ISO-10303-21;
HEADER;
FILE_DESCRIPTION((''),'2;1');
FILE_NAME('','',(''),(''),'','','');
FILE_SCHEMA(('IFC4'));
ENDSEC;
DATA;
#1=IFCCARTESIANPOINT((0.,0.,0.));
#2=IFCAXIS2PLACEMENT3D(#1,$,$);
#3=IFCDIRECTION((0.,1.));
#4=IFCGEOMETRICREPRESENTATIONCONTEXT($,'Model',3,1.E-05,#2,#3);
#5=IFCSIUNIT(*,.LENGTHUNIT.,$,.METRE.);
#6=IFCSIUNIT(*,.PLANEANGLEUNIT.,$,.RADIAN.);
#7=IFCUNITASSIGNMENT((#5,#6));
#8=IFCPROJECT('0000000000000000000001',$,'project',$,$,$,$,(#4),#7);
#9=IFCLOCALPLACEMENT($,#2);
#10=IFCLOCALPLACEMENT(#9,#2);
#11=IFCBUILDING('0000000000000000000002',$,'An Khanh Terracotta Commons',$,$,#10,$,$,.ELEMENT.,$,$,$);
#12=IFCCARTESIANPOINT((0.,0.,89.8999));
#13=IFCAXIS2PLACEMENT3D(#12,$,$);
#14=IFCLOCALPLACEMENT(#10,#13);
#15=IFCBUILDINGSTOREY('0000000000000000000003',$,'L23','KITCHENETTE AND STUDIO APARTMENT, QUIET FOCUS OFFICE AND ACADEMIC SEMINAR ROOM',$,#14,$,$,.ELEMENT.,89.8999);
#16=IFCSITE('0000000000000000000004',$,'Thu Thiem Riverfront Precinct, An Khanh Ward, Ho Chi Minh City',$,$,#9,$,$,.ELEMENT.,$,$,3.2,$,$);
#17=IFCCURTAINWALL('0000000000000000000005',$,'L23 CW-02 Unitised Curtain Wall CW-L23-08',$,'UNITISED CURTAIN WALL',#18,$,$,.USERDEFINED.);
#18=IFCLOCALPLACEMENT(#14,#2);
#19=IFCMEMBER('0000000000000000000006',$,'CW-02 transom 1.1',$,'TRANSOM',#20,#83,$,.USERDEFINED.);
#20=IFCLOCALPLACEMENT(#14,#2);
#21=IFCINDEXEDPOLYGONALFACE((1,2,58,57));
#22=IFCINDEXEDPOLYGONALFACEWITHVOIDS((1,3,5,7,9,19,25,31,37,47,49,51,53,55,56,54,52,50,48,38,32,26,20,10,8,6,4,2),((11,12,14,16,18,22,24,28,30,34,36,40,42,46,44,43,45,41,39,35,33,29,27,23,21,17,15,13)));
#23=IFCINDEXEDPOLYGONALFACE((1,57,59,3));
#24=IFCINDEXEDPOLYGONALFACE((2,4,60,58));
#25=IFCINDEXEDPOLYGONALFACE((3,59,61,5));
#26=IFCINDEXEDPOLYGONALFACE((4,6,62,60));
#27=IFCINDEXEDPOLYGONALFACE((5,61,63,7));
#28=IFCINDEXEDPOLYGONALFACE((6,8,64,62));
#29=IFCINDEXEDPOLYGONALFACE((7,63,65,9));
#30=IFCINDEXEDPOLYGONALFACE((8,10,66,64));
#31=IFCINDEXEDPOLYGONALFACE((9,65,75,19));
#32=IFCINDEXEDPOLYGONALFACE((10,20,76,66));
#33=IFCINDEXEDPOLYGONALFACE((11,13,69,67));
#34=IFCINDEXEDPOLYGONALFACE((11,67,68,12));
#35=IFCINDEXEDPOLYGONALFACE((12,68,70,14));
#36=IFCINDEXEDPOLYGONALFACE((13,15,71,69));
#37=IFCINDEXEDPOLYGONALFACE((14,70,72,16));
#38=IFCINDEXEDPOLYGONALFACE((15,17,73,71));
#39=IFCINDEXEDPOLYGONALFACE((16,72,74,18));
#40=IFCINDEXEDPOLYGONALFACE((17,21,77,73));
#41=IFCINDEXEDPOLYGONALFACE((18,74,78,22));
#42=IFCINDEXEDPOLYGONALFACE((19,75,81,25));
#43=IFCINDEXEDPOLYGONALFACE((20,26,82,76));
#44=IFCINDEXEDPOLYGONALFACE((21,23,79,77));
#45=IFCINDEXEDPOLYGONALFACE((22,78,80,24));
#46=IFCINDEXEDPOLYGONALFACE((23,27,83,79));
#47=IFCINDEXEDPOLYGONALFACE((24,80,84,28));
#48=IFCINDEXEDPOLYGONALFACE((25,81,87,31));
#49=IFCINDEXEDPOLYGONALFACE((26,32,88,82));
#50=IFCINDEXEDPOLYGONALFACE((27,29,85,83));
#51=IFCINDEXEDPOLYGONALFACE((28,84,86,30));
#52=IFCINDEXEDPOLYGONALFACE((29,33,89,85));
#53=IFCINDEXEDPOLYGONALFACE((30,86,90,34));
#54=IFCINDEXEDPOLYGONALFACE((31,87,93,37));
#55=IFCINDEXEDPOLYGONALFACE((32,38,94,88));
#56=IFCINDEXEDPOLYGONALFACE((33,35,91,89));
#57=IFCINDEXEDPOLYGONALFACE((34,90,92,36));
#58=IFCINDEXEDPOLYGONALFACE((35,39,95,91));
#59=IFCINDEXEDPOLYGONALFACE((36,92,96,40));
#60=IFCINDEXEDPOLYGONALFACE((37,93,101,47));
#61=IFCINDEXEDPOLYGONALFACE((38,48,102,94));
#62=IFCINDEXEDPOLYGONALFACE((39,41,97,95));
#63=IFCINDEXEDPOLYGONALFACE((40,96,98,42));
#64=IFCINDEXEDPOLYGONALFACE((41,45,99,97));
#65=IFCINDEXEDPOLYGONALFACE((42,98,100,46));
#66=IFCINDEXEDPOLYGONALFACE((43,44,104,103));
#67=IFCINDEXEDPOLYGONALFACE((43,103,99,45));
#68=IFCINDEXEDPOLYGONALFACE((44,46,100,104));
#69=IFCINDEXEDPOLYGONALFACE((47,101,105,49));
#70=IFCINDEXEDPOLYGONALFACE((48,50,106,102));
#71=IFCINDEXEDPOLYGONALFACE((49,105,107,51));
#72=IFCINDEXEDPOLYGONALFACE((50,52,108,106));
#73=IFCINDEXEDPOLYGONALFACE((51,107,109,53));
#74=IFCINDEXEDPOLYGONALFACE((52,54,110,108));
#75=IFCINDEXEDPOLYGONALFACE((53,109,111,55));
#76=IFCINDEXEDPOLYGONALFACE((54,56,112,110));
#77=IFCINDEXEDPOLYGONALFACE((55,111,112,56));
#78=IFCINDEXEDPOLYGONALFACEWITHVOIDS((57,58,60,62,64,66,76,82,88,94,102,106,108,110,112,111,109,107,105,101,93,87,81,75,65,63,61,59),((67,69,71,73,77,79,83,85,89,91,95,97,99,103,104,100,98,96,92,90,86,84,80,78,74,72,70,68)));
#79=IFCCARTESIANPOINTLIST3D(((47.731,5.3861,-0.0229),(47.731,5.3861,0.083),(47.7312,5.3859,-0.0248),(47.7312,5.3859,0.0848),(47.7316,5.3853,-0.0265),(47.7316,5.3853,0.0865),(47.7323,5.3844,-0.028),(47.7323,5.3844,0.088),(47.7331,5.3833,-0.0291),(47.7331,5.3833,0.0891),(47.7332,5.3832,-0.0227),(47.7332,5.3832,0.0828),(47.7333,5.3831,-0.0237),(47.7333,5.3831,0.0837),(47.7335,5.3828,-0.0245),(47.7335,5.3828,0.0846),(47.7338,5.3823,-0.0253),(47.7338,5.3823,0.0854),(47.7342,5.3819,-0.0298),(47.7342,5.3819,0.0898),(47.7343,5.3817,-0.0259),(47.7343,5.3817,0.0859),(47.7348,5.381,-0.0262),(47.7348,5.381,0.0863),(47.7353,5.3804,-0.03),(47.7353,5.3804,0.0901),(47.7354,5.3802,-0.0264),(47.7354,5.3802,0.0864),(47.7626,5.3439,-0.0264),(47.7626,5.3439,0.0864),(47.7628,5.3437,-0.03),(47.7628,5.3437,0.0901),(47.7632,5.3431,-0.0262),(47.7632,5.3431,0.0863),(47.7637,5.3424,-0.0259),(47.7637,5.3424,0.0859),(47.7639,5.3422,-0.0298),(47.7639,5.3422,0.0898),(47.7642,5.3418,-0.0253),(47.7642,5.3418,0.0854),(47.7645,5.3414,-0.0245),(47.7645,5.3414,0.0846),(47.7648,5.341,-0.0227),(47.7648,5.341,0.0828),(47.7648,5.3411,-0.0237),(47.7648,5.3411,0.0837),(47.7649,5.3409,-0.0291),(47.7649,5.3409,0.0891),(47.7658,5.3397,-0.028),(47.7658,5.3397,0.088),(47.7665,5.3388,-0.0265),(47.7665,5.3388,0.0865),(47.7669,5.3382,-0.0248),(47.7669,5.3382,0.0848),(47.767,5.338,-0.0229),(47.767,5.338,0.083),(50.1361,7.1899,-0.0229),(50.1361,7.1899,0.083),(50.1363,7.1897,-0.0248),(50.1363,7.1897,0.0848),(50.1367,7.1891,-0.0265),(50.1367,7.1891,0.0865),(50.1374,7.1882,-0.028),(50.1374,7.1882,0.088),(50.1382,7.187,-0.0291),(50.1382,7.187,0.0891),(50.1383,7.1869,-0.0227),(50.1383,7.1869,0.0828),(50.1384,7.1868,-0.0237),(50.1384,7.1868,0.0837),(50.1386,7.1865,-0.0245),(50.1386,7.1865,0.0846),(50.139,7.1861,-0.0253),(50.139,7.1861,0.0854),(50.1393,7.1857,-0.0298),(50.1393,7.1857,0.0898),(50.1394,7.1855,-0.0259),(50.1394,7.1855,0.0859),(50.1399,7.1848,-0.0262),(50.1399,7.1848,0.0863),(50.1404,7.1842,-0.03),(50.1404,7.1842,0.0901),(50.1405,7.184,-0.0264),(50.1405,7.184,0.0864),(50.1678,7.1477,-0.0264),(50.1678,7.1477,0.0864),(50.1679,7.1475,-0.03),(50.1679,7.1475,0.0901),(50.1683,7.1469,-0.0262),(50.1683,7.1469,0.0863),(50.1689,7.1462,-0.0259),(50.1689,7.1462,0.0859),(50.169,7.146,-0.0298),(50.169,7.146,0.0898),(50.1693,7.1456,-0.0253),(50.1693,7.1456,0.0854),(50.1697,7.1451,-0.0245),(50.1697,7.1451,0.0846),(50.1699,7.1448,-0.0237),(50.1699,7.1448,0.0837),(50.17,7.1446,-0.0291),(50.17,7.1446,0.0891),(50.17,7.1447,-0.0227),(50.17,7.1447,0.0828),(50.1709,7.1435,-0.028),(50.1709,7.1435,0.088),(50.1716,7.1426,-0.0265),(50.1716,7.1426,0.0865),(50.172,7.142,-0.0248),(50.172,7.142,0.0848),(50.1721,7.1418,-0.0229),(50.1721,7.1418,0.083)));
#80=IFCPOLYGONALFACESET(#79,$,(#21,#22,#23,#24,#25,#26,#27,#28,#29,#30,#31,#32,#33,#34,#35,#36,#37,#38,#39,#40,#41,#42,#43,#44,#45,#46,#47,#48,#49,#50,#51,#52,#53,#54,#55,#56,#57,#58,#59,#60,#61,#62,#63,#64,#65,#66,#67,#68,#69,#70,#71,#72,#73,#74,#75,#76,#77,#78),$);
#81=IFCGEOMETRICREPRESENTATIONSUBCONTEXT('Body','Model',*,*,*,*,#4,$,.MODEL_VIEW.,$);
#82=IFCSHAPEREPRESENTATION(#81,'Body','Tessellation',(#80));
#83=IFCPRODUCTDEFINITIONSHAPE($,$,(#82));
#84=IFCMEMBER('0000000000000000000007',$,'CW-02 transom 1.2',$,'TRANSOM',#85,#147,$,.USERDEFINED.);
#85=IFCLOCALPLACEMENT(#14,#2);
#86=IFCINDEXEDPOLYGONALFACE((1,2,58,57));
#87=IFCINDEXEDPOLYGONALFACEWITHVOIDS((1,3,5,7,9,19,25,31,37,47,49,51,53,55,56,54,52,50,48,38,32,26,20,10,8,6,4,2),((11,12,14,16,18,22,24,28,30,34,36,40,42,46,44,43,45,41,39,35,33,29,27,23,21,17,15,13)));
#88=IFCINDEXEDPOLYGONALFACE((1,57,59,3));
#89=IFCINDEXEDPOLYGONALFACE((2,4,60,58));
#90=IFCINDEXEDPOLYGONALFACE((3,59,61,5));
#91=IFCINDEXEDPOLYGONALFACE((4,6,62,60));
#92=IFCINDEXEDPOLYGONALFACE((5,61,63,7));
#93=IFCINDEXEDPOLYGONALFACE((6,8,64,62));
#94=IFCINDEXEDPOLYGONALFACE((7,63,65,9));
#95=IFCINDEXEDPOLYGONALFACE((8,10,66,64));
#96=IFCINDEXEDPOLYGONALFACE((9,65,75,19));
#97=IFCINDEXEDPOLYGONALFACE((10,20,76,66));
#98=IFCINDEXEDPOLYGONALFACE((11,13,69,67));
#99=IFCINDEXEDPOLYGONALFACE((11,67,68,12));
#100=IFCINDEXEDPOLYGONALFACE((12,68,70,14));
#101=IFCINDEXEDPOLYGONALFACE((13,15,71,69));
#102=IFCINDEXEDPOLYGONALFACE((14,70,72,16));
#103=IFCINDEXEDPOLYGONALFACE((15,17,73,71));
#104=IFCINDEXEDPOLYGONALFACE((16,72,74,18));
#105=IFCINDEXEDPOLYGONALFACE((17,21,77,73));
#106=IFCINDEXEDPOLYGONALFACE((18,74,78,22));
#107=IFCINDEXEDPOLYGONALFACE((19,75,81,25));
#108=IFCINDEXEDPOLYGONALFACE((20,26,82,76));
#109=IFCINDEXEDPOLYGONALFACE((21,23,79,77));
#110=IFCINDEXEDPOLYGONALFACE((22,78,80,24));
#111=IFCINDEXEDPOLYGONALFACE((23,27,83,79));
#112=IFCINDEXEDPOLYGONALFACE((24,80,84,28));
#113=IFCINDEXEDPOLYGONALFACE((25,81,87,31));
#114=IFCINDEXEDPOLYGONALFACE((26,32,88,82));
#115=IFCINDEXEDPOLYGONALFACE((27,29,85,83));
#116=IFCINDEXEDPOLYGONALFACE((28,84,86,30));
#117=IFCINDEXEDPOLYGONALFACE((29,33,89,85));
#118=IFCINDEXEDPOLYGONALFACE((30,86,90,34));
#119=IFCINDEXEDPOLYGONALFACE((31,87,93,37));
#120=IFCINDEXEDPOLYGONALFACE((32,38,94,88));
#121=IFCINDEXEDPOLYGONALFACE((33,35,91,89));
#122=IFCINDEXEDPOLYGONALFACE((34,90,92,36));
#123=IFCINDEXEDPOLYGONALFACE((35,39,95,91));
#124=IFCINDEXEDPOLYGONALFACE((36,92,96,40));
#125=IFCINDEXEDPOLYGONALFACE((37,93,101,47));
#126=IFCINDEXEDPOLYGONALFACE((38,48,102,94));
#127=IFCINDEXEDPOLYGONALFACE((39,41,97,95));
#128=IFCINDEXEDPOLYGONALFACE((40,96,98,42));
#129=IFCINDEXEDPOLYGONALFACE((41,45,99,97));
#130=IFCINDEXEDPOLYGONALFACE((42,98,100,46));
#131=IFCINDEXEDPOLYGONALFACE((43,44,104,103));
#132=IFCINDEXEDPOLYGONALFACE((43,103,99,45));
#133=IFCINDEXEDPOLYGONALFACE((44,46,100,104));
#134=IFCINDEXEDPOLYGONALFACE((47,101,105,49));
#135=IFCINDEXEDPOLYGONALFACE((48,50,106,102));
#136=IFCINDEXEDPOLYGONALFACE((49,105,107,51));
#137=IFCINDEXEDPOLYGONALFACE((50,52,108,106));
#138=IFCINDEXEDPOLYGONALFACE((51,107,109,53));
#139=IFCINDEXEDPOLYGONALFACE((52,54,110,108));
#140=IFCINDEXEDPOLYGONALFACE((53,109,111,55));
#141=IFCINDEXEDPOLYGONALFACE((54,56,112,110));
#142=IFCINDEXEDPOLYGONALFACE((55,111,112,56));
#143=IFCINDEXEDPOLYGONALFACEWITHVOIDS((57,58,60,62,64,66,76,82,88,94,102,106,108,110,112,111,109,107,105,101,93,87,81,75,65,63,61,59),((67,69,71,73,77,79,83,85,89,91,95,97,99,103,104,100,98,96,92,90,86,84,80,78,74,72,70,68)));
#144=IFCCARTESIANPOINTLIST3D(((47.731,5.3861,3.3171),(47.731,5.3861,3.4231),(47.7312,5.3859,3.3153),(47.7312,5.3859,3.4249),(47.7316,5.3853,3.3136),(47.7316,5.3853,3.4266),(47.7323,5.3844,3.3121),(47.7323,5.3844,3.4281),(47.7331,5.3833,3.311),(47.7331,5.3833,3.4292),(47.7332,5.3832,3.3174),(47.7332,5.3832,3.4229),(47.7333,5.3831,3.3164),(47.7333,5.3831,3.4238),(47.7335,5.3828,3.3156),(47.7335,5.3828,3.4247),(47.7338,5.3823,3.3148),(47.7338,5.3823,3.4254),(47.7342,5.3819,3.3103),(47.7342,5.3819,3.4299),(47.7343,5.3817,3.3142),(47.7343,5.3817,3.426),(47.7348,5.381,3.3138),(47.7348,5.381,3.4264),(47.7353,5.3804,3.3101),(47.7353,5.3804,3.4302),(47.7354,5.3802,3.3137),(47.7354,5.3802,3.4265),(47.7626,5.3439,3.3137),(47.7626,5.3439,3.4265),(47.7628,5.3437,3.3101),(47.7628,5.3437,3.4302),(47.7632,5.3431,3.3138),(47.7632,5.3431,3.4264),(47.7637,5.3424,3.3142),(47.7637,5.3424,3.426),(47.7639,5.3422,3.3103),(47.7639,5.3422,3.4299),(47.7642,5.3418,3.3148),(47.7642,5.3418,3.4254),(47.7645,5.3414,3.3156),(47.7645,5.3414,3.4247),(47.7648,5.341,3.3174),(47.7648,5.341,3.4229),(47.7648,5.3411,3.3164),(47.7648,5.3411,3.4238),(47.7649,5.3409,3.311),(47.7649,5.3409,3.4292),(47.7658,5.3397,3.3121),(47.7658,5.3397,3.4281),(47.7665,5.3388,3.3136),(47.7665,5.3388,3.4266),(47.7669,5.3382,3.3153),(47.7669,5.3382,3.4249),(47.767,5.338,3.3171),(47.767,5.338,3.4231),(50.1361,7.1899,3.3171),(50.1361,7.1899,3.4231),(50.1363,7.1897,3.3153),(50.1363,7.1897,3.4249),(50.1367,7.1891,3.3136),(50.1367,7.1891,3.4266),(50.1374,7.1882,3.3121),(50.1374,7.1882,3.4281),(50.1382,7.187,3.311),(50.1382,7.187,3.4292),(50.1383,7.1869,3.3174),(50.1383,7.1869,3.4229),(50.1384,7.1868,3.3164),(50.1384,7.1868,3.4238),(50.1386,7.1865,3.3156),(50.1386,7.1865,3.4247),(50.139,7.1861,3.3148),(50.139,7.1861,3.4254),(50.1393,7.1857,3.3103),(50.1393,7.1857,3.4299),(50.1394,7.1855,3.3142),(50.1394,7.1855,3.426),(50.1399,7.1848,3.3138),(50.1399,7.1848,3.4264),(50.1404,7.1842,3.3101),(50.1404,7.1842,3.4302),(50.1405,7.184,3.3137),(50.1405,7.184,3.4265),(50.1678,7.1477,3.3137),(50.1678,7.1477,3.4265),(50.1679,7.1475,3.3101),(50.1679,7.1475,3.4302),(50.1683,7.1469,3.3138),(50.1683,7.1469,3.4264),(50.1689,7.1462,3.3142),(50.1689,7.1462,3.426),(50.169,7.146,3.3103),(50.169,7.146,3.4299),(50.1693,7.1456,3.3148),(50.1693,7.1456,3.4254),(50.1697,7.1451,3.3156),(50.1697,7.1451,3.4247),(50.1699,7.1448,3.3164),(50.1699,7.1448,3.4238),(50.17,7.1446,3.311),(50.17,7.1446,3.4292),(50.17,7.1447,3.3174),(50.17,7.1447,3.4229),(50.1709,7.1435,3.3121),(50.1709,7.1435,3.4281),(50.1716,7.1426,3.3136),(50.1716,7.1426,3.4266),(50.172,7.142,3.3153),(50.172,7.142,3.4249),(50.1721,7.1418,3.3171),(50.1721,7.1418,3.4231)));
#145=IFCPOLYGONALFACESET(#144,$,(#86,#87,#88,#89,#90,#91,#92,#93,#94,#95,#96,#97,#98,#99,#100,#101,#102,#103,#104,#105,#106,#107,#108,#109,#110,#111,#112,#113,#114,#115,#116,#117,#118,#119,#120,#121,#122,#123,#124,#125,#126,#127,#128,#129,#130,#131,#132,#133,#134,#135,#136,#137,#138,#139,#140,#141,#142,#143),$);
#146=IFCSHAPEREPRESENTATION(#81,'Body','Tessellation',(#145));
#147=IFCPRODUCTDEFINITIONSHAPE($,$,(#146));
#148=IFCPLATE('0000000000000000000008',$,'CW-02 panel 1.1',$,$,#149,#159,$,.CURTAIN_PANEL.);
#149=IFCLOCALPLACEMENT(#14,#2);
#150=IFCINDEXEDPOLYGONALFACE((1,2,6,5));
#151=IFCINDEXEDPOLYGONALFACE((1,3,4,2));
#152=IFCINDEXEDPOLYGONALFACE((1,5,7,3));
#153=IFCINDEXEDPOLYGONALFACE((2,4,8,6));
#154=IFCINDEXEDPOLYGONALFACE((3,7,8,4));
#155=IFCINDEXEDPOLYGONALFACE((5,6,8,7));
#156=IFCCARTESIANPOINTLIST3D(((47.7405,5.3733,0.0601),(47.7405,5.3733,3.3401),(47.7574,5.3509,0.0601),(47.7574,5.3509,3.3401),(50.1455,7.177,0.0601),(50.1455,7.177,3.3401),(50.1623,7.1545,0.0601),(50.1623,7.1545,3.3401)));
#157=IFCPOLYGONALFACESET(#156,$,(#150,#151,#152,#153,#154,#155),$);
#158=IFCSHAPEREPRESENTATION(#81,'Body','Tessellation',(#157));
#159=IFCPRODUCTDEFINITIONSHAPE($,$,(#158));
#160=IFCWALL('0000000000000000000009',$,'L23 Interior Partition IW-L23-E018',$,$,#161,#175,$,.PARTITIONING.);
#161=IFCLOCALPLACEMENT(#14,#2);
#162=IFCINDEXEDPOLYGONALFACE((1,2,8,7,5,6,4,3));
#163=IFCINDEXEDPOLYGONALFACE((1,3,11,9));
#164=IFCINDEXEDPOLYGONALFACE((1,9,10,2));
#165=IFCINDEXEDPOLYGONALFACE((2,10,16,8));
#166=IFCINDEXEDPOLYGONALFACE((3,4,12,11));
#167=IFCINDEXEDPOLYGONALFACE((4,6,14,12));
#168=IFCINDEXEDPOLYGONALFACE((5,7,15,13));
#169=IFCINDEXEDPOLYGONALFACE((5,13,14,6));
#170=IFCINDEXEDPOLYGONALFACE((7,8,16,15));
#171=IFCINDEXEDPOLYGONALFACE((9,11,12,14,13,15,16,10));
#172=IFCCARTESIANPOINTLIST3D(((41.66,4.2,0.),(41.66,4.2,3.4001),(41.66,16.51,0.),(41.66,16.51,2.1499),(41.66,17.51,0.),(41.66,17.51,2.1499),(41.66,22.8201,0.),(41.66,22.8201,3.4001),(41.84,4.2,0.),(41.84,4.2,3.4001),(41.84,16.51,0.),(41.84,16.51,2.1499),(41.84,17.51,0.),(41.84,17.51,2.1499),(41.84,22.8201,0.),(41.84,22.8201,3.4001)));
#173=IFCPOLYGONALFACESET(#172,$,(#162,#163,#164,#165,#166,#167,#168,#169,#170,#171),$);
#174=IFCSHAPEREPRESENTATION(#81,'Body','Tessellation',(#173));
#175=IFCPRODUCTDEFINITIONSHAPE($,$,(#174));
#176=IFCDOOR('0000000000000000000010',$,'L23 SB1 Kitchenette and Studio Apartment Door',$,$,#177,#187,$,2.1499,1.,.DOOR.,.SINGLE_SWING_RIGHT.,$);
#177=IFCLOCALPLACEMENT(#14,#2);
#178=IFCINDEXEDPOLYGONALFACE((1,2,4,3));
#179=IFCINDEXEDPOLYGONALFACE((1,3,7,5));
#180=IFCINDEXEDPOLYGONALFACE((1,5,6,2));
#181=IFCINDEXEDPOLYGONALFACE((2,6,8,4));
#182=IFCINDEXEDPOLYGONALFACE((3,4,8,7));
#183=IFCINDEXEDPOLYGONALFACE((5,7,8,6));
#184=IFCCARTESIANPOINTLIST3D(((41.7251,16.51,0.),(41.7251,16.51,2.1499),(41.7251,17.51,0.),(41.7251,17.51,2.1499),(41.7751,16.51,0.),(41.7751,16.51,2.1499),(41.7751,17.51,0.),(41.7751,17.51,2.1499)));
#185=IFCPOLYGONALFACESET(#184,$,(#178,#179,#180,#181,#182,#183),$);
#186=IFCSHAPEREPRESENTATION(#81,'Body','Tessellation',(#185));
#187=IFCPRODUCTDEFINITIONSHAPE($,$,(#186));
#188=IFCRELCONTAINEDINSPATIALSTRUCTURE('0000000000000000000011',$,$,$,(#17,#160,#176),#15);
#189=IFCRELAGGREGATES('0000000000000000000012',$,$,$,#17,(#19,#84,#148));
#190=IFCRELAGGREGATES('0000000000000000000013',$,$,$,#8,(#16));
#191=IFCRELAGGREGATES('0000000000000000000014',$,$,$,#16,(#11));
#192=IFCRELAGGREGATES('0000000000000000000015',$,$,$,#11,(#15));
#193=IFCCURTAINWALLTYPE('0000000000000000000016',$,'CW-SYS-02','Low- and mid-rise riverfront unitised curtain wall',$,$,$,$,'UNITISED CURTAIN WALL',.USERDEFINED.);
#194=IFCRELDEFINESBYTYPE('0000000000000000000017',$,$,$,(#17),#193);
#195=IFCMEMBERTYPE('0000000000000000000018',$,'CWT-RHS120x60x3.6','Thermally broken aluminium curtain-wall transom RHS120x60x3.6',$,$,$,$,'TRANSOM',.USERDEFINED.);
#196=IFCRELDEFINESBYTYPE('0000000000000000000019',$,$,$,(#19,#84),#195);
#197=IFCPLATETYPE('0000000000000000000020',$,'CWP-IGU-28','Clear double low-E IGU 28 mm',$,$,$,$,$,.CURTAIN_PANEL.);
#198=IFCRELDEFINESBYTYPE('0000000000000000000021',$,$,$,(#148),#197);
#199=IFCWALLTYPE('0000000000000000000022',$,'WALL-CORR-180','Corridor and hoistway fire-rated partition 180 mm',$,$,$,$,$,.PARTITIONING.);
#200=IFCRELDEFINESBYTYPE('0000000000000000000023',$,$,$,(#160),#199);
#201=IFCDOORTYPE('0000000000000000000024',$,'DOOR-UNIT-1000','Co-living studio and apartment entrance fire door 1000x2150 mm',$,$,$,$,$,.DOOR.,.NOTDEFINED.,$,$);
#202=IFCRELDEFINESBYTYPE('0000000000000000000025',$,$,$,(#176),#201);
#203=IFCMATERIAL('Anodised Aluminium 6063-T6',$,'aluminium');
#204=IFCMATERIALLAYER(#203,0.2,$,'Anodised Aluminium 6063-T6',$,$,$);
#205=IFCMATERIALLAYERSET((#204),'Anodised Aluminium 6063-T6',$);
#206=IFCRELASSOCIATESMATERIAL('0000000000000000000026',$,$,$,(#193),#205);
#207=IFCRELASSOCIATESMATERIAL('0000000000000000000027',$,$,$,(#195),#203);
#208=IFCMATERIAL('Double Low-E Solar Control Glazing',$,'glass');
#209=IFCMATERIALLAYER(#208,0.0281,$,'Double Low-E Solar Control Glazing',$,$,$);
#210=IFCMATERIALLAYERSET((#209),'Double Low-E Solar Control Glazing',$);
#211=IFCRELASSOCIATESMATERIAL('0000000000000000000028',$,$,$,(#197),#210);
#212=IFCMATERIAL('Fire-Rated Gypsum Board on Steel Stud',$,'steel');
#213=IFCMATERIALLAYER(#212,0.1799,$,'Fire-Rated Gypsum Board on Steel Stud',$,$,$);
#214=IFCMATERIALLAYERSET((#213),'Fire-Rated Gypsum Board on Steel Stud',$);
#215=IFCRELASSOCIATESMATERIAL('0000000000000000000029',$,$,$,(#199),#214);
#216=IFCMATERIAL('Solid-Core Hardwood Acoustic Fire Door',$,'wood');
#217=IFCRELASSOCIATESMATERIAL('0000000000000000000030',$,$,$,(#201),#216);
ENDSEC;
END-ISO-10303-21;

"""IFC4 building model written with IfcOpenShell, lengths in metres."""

from ifc_helpers import new_model, si_unit, direction, frame, frame_2d, origin, origin_2d, place, context, subcontext, project, spatial, rectangle, hollow_rectangle, extrude, material, layer, layer_set, material_profile, profile_set, type_object, element, fill, aggregate, save


model = new_model("IFC4")

# Units and contexts
model_context = context("Model", 3, precision=1e-05, world=origin(), true_north=direction((0.0, 1.0)))
body_context = subcontext(model_context, "Body", "Model", "MODEL_VIEW")
ifc_project = project(units=[si_unit("LENGTHUNIT", "METRE"), si_unit("PLANEANGLEUNIT", "RADIAN")], contexts=[model_context])

# Site, building, storey
site_placement = place(None, origin())
site = spatial("IfcSite", under=ifc_project, at=site_placement, Name="Thu Thiem Riverfront Precinct, An Khanh Ward, Ho Chi Minh City", CompositionType="ELEMENT", RefElevation=3.2)
building_placement = place(site_placement, origin())
building = spatial("IfcBuilding", under=site, at=building_placement, Name="An Khanh Terracotta Commons", CompositionType="ELEMENT")
storey_placement = place(building_placement, frame((0.0, 0.0, 89.8999)))
storey = spatial("IfcBuildingStorey", under=building, at=storey_placement, Name="L23", Description="KITCHENETTE AND STUDIO APARTMENT, QUIET FOCUS OFFICE AND ACADEMIC SEMINAR ROOM", CompositionType="ELEMENT", Elevation=89.8999)

# Curtain wall, members, plate
ifc_material_1 = material(Name="Anodised Aluminium 6063-T6", Category="aluminium")
ifc_layer_1 = layer(ifc_material_1, 0.2, Name="Anodised Aluminium 6063-T6")
ifc_layer_set_1 = layer_set([ifc_layer_1], Name="Anodised Aluminium 6063-T6")
curtain_wall_type = type_object("IfcCurtainWallType", Name="CW-SYS-02", Description="Low- and mid-rise riverfront unitised curtain wall", ElementType="UNITISED CURTAIN WALL", PredefinedType="USERDEFINED", material=ifc_layer_set_1)
curtain_wall_placement = place(storey_placement, origin())
curtain_wall = element("IfcCurtainWall", 1, at=curtain_wall_placement, inside=storey, type_object=curtain_wall_type, Name="L23 CW-02 Unitised Curtain Wall CW-L23-08", ObjectType="UNITISED CURTAIN WALL", PredefinedType="USERDEFINED")
ifc_material_profile_1 = material_profile(ifc_material_1, hollow_rectangle(XDim=0.0601, YDim=0.1201, WallThickness=0.0037, InnerFilletRadius=0.0037, OuterFilletRadius=0.0071, at=origin_2d()), Name="RHS120x60x3.6")
ifc_profile_set_1 = profile_set([ifc_material_profile_1], Name="Anodised Aluminium 6063-T6")
member_type_1 = type_object("IfcMemberType", Name="CWT-RHS120x60x3.6", Description="Thermally broken aluminium curtain-wall transom RHS120x60x3.6", ElementType="TRANSOM", PredefinedType="USERDEFINED", material=ifc_profile_set_1)
member_1_placement = place(storey_placement, frame((47.749, 5.3621, 0.03), z_axis=(0.80001, 0.599987, 0.0), x_axis=(-0.599987, 0.80001, 0.0)))
member_1 = element("IfcMember", 2, at=member_1_placement, type_object=member_type_1, Name="CW-02 transom 1.1", ObjectType="TRANSOM", PredefinedType="USERDEFINED", context=body_context, shape_type="SweptSolid", body=[
    extrude(hollow_rectangle(XDim=0.0601, YDim=0.1201, WallThickness=0.0037, InnerFilletRadius=0.0037, OuterFilletRadius=0.0071, at=origin_2d()), origin(), (0.0, 0.0, 1.0), 3.0063),
])
member_2_placement = place(storey_placement, frame((47.749, 5.3621, 3.3701), z_axis=(0.80001, 0.599987, 0.0), x_axis=(-0.599987, 0.80001, 0.0)))
member_2 = element("IfcMember", 3, at=member_2_placement, type_object=member_type_1, Name="CW-02 transom 1.2", ObjectType="TRANSOM", PredefinedType="USERDEFINED", context=body_context, shape_type="SweptSolid", body=[
    extrude(hollow_rectangle(XDim=0.0601, YDim=0.1201, WallThickness=0.0037, InnerFilletRadius=0.0037, OuterFilletRadius=0.0071, at=origin_2d()), origin(), (0.0, 0.0, 1.0), 3.0063),
])
ifc_material_2 = material(Name="Double Low-E Solar Control Glazing", Category="glass")
ifc_layer_2 = layer(ifc_material_2, 0.0281, Name="Double Low-E Solar Control Glazing")
ifc_layer_set_2 = layer_set([ifc_layer_2], Name="Double Low-E Solar Control Glazing")
plate_type = type_object("IfcPlateType", Name="CWP-IGU-28", Description="Clear double low-E IGU 28 mm", PredefinedType="CURTAIN_PANEL", material=ifc_layer_set_2)
plate_placement = place(storey_placement, frame((48.9514, 6.2639, 0.0601), z_axis=(0.0, 0.0, 1.0), x_axis=(0.800013, 0.599983, 0.0)))
plate = element("IfcPlate", 4, at=plate_placement, type_object=plate_type, Name="CW-02 panel 1.1", PredefinedType="CURTAIN_PANEL", context=body_context, shape_type="SweptSolid", body=[
    extrude(rectangle(XDim=3.0061, YDim=0.0281, at=origin_2d()), origin(), (0.0, 0.0, 1.0), 3.28),
])
aggregate(curtain_wall, [member_1, member_2, plate])

# Wall, opening, door
ifc_material_3 = material(Name="Fire-Rated Gypsum Board on Steel Stud", Category="steel")
ifc_layer_3 = layer(ifc_material_3, 0.1799, Name="Fire-Rated Gypsum Board on Steel Stud")
ifc_layer_set_3 = layer_set([ifc_layer_3], Name="Fire-Rated Gypsum Board on Steel Stud")
wall_type_1 = type_object("IfcWallType", Name="WALL-CORR-180", Description="Corridor and hoistway fire-rated partition 180 mm", PredefinedType="PARTITIONING", material=ifc_layer_set_3)
wall_1_placement = place(storey_placement, frame((41.75, 4.2, 0.0), z_axis=(0.0, 0.0, 1.0), x_axis=(0.0, 1.0, 0.0)))
wall_1 = element("IfcWall", 5, at=wall_1_placement, inside=storey, type_object=wall_type_1, Name="L23 Interior Partition IW-L23-E018", PredefinedType="PARTITIONING", context=body_context, shape_type="SweptSolid", body=[
    extrude(rectangle(XDim=18.6201, YDim=0.1799, at=frame_2d((9.3101, 0.0))), origin(), (0.0, 0.0, 1.0), 3.4001),
])
opening_placement = place(wall_1_placement, frame((12.3101, 0.0, 0.0)))
opening = element("IfcOpeningElement", 6, at=opening_placement, cuts=wall_1, PredefinedType="OPENING", context=body_context, shape_type="SweptSolid", body=[
    extrude(rectangle(XDim=1.0, YDim=2.1499, at=frame_2d((0.5, 1.075))), frame((0.0, 0.0999, 0.0), z_axis=(0.0, -1.0, 0.0), x_axis=(1.0, 0.0, 0.0)), (0.0, 0.0, 1.0), 0.2),
])
ifc_material_4 = material(Name="Solid-Core Hardwood Acoustic Fire Door", Category="wood")
door_type = type_object("IfcDoorType", Name="DOOR-UNIT-1000", Description="Co-living studio and apartment entrance fire door 1000x2150 mm", OperationType="NOTDEFINED", PredefinedType="DOOR", material=ifc_material_4)
door_placement = place(opening_placement, origin())
door = element("IfcDoor", 7, at=door_placement, inside=storey, type_object=door_type, Name="L23 SB1 Kitchenette and Studio Apartment Door", OperationType="SINGLE_SWING_RIGHT", OverallHeight=2.1499, OverallWidth=1.0, PredefinedType="DOOR", context=body_context, shape_type="SweptSolid", body=[
    extrude(rectangle(XDim=1.0, YDim=2.1499, at=frame_2d((0.5, 1.075))), frame((0.0, 0.0249, 0.0), z_axis=(0.0, -1.0, 0.0), x_axis=(1.0, 0.0, 0.0)), (0.0, 0.0, 1.0), 0.05),
])
fill(opening, door)

save(model, "model.ifc")
